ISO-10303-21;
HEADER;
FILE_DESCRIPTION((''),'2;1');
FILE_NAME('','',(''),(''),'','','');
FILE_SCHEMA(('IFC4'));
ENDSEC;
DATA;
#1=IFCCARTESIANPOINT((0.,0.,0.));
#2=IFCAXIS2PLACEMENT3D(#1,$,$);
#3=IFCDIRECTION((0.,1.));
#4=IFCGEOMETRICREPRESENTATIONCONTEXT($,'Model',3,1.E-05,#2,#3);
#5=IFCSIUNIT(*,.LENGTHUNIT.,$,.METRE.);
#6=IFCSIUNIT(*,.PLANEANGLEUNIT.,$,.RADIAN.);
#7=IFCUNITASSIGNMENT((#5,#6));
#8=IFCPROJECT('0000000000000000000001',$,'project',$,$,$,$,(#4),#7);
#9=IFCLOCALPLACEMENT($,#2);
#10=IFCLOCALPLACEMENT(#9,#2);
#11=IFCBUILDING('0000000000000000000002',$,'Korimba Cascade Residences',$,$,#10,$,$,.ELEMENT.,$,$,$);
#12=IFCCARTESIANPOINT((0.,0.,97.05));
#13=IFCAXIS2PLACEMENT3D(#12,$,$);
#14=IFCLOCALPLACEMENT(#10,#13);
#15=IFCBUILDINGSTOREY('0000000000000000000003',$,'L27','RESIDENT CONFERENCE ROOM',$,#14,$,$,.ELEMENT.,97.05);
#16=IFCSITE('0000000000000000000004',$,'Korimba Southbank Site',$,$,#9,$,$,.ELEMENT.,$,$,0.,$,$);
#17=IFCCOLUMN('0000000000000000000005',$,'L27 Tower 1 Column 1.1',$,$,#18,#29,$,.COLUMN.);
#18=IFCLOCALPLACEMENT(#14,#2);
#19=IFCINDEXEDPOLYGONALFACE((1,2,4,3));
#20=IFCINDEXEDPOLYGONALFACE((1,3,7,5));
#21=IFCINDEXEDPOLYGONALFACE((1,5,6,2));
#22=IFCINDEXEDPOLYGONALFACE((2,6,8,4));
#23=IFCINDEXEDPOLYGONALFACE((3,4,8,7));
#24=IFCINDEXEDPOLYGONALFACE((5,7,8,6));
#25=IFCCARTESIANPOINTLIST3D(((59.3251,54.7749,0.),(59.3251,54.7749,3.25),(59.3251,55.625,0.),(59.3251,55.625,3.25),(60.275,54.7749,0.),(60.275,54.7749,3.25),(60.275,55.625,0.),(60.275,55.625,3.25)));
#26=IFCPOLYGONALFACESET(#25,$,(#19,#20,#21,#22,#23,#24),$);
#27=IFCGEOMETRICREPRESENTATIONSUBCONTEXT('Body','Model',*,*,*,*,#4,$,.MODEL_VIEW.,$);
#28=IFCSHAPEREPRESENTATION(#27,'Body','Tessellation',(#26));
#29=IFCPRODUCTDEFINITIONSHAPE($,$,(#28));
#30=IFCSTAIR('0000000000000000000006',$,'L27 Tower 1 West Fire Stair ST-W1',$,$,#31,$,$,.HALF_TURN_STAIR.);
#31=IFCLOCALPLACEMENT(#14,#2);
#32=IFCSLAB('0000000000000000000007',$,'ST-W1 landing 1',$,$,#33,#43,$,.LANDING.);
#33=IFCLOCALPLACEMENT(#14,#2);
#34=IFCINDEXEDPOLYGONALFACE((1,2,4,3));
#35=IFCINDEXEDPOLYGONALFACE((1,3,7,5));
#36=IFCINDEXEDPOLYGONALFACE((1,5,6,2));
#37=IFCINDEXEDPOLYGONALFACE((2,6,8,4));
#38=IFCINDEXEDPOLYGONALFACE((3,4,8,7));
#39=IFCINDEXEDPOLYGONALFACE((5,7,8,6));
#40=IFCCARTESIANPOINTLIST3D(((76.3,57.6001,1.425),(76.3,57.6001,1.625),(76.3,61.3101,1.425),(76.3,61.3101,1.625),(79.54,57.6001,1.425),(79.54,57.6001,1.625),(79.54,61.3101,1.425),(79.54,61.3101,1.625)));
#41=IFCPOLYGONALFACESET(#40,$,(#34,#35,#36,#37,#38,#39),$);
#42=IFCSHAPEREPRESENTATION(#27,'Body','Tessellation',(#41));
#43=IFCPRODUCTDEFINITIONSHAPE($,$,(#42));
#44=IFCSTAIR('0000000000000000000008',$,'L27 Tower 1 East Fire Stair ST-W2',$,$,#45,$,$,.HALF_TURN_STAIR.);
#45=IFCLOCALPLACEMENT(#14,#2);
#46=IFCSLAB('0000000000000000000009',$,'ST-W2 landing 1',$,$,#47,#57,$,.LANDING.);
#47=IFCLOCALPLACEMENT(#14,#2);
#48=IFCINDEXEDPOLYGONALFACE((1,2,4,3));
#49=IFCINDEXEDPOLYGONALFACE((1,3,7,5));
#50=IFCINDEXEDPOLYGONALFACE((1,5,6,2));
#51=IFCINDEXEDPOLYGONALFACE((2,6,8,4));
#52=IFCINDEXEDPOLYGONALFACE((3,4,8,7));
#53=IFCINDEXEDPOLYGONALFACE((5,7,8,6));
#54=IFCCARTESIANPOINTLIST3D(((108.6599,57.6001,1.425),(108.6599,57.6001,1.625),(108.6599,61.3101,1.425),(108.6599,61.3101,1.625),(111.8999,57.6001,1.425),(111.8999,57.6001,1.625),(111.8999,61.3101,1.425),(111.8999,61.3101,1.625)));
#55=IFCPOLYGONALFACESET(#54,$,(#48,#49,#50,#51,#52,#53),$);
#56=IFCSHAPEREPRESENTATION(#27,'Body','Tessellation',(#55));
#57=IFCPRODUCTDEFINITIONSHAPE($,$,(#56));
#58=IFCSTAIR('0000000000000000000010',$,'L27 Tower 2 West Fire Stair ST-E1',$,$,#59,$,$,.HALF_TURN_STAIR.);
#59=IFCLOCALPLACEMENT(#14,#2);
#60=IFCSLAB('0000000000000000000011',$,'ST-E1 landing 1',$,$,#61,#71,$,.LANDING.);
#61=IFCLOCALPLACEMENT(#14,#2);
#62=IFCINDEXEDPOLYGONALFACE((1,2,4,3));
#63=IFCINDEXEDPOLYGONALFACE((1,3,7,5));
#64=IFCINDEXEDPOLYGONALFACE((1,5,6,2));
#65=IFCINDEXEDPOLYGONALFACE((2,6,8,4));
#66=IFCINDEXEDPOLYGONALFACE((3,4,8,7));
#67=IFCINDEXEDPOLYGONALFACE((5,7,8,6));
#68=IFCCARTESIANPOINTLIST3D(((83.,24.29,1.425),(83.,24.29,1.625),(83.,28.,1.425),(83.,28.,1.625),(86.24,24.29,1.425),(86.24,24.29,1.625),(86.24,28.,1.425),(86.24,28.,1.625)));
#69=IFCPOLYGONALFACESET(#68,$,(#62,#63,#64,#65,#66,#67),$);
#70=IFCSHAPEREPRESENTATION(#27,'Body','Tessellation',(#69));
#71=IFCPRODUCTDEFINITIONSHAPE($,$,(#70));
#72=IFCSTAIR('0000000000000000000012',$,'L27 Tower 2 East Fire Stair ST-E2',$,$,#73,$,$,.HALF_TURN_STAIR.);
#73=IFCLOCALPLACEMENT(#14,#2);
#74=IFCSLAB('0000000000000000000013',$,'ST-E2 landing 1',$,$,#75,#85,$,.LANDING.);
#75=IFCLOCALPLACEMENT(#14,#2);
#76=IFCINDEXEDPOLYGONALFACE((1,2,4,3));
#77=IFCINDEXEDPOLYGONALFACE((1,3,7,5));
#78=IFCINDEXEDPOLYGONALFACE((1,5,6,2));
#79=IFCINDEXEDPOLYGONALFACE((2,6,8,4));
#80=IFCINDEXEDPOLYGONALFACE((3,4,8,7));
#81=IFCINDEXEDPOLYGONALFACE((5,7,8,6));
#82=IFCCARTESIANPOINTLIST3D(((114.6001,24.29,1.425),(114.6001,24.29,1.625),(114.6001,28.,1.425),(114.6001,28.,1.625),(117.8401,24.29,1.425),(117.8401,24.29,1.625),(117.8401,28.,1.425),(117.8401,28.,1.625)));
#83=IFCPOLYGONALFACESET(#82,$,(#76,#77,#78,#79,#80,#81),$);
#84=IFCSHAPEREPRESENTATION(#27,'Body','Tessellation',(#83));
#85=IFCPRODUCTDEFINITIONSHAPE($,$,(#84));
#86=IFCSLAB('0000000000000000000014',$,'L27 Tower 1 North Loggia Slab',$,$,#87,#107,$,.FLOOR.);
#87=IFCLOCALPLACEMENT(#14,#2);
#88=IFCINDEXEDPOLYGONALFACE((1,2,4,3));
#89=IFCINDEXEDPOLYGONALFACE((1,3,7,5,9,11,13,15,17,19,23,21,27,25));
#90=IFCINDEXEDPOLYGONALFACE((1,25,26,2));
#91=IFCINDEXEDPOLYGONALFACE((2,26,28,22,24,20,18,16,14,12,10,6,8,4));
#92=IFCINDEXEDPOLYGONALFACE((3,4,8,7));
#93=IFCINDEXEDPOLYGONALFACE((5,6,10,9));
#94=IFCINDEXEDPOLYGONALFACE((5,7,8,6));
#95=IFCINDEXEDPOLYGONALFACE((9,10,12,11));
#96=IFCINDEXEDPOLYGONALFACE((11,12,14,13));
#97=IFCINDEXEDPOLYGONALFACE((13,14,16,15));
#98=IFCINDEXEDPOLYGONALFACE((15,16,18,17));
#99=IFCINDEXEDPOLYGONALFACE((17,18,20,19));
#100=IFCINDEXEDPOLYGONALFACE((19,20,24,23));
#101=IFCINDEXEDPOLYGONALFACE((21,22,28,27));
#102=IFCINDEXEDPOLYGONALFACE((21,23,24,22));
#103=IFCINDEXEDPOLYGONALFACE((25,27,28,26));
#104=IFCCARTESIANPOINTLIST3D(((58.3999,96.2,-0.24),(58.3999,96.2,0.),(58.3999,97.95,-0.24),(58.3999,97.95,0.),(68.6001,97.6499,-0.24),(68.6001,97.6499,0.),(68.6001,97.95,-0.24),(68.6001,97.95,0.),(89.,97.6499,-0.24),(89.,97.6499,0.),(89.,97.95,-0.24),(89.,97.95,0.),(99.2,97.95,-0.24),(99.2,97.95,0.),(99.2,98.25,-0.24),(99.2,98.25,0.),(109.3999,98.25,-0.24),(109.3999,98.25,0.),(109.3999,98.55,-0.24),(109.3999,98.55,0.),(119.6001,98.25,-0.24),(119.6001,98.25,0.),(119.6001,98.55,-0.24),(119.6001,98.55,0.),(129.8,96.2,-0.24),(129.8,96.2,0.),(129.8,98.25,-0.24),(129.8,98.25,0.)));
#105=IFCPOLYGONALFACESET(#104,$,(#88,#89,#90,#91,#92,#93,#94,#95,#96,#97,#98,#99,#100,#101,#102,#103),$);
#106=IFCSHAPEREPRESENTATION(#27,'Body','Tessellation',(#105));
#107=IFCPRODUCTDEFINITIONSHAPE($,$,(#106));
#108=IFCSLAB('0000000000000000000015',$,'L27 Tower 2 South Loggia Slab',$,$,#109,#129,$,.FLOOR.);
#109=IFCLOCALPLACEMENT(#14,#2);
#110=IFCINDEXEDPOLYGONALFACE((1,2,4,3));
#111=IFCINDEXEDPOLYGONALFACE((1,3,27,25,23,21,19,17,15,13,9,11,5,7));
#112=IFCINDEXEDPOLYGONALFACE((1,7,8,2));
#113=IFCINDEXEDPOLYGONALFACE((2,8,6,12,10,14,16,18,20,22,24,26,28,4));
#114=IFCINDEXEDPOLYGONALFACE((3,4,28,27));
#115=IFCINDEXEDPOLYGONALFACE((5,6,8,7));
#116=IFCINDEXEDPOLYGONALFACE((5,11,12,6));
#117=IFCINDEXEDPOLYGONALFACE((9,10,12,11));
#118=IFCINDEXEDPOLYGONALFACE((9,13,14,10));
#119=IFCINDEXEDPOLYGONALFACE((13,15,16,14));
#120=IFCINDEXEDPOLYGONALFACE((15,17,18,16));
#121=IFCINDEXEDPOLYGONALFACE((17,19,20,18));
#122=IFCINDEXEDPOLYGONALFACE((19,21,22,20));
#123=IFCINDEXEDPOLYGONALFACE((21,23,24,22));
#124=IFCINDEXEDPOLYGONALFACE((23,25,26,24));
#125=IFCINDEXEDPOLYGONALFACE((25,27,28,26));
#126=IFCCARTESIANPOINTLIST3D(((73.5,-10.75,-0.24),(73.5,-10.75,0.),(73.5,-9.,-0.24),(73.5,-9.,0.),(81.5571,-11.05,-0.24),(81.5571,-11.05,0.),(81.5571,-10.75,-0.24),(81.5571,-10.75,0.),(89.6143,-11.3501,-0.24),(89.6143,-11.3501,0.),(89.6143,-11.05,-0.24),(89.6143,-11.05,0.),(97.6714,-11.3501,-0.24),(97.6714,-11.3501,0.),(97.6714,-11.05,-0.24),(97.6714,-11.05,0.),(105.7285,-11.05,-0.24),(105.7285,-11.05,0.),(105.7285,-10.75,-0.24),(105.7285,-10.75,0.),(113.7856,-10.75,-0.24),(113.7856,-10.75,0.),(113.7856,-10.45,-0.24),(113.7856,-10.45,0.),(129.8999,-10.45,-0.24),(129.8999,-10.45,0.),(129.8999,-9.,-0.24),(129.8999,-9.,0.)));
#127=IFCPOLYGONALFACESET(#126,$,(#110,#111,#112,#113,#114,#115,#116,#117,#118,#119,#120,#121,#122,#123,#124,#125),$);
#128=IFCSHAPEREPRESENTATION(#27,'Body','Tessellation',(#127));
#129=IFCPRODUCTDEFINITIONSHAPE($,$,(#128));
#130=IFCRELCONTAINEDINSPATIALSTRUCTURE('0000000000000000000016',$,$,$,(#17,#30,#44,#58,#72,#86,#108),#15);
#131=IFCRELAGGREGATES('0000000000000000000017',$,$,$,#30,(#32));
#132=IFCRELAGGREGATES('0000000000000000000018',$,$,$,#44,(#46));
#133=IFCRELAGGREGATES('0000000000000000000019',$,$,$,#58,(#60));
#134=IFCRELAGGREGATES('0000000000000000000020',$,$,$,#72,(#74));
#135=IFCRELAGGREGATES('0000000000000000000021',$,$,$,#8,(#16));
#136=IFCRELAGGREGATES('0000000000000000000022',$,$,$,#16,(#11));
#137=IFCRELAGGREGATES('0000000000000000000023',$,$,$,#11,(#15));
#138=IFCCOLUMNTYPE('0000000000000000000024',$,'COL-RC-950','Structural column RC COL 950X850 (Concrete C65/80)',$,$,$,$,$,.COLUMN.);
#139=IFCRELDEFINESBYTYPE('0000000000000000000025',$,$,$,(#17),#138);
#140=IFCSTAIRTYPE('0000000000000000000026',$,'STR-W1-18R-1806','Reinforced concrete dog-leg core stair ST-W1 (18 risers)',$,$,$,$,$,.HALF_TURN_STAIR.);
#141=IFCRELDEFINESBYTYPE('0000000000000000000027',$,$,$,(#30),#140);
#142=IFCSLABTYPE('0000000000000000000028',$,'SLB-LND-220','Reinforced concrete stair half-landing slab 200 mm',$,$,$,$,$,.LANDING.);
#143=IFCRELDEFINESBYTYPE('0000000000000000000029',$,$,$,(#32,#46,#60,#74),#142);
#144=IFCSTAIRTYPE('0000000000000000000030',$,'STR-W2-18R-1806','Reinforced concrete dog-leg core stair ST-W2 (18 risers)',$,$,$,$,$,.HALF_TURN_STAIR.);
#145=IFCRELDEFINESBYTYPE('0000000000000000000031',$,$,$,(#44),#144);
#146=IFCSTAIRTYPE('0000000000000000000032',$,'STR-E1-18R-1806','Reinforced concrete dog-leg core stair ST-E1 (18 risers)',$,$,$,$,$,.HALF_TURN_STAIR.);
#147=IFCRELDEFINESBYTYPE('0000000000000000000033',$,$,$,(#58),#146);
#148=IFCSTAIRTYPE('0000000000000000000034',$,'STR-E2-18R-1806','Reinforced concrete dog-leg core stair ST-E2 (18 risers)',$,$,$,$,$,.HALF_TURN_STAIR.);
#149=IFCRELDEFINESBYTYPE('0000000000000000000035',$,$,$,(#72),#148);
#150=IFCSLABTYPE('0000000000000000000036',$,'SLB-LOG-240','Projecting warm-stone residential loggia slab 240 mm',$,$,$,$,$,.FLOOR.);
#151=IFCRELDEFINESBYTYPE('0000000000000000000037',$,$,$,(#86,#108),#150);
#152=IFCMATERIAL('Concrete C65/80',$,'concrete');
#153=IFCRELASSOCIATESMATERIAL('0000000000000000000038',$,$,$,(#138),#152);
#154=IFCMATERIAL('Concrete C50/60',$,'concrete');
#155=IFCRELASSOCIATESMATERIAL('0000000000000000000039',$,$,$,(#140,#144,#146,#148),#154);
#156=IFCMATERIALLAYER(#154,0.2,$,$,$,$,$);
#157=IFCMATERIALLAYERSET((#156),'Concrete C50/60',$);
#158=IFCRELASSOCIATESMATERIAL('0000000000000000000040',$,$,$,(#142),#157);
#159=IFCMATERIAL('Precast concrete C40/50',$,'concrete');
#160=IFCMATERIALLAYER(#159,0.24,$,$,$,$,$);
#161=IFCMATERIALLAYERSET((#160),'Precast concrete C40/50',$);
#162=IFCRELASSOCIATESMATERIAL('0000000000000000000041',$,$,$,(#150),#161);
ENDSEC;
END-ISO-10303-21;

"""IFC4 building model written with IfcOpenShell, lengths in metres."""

from ifc_helpers import new_model, si_unit, direction, frame, origin, origin_2d, place, context, subcontext, project, spatial, polyline, rectangle, outline, extrude, material, layer, layer_set, material_profile, profile_set, type_object, element, aggregate, save


model = new_model("IFC4")

# Units and contexts
model_context = context("Model", 3, precision=1e-05, world=origin(), true_north=direction((0.0, 1.0)))
body_context = subcontext(model_context, "Body", "Model", "MODEL_VIEW")
ifc_project = project(units=[si_unit("LENGTHUNIT", "METRE"), si_unit("PLANEANGLEUNIT", "RADIAN")], contexts=[model_context])

# Site, building, storey
site_placement = place(None, origin())
site = spatial("IfcSite", under=ifc_project, at=site_placement, Name="Korimba Southbank Site", CompositionType="ELEMENT", RefElevation=0.0)
building_placement = place(site_placement, origin())
building = spatial("IfcBuilding", under=site, at=building_placement, Name="Korimba Cascade Residences", CompositionType="ELEMENT")
storey_placement = place(building_placement, frame((0.0, 0.0, 97.05)))
storey = spatial("IfcBuildingStorey", under=building, at=storey_placement, Name="L27", Description="RESIDENT CONFERENCE ROOM", CompositionType="ELEMENT", Elevation=97.05)

# Column
ifc_material_1 = material(Name="Concrete C65/80", Category="concrete")
ifc_material_profile = material_profile(ifc_material_1, rectangle(XDim=0.95, YDim=0.8501, at=origin_2d()), Name="Concrete C65/80")
ifc_profile_set = profile_set([ifc_material_profile], Name="Concrete C65/80")
column_type = type_object("IfcColumnType", Name="COL-RC-950", Description="Structural column RC COL 950X850 (Concrete C65/80)", PredefinedType="COLUMN", material=ifc_profile_set)
column_placement = place(storey_placement, frame((59.8, 55.2, 0.0), z_axis=(0.0, 0.0, 1.0), x_axis=(1.0, 0.0, 0.0)))
element("IfcColumn", 1, at=column_placement, inside=storey, type_object=column_type, Name="L27 Tower 1 Column 1.1", PredefinedType="COLUMN", context=body_context, shape_type="SweptSolid", body=[
    extrude(rectangle(XDim=0.95, YDim=0.8501, at=origin_2d()), origin(), (0.0, 0.0, 1.0), 3.25),
])

# Stairs, slabs
ifc_material_2 = material(Name="Concrete C50/60", Category="concrete")
stair_type_1 = type_object("IfcStairType", Name="STR-W1-18R-1806", Description="Reinforced concrete dog-leg core stair ST-W1 (18 risers)", PredefinedType="HALF_TURN_STAIR", material=ifc_material_2)
stair_1_placement = place(storey_placement, origin())
stair_1 = element("IfcStair", 2, at=stair_1_placement, inside=storey, type_object=stair_type_1, Name="L27 Tower 1 West Fire Stair ST-W1", PredefinedType="HALF_TURN_STAIR")
ifc_layer_1 = layer(ifc_material_2, 0.2)
ifc_layer_set_1 = layer_set([ifc_layer_1], Name="Concrete C50/60")
slab_type_1 = type_object("IfcSlabType", Name="SLB-LND-220", Description="Reinforced concrete stair half-landing slab 200 mm", PredefinedType="LANDING", material=ifc_layer_set_1)
slab_1_placement = place(storey_placement, frame((0.0, 0.0, 1.425)))
slab_1 = element("IfcSlab", 3, at=slab_1_placement, type_object=slab_type_1, Name="ST-W1 landing 1", PredefinedType="LANDING", context=body_context, shape_type="SweptSolid", body=[
    extrude(outline(polyline([(76.3, 61.3101), (76.3, 57.6001), (79.54, 57.6001), (79.54, 61.3101), (76.3, 61.3101)])), origin(), (0.0, 0.0, 1.0), 0.2),
])
aggregate(stair_1, [slab_1])
stair_type_2 = type_object("IfcStairType", Name="STR-W2-18R-1806", Description="Reinforced concrete dog-leg core stair ST-W2 (18 risers)", PredefinedType="HALF_TURN_STAIR", material=ifc_material_2)
stair_2_placement = place(storey_placement, origin())
stair_2 = element("IfcStair", 4, at=stair_2_placement, inside=storey, type_object=stair_type_2, Name="L27 Tower 1 East Fire Stair ST-W2", PredefinedType="HALF_TURN_STAIR")
slab_2_placement = place(storey_placement, frame((0.0, 0.0, 1.425)))
slab_2 = element("IfcSlab", 5, at=slab_2_placement, type_object=slab_type_1, Name="ST-W2 landing 1", PredefinedType="LANDING", context=body_context, shape_type="SweptSolid", body=[
    extrude(outline(polyline([(108.6599, 61.3101), (108.6599, 57.6001), (111.8999, 57.6001), (111.8999, 61.3101), (108.6599, 61.3101)])), origin(), (0.0, 0.0, 1.0), 0.2),
])
aggregate(stair_2, [slab_2])
stair_type_3 = type_object("IfcStairType", Name="STR-E1-18R-1806", Description="Reinforced concrete dog-leg core stair ST-E1 (18 risers)", PredefinedType="HALF_TURN_STAIR", material=ifc_material_2)
stair_3_placement = place(storey_placement, origin())
stair_3 = element("IfcStair", 6, at=stair_3_placement, inside=storey, type_object=stair_type_3, Name="L27 Tower 2 West Fire Stair ST-E1", PredefinedType="HALF_TURN_STAIR")
slab_3_placement = place(storey_placement, frame((0.0, 0.0, 1.425)))
slab_3 = element("IfcSlab", 7, at=slab_3_placement, type_object=slab_type_1, Name="ST-E1 landing 1", PredefinedType="LANDING", context=body_context, shape_type="SweptSolid", body=[
    extrude(outline(polyline([(86.24, 24.29), (86.24, 28.0), (83.0, 28.0), (83.0, 24.29), (86.24, 24.29)])), origin(), (0.0, 0.0, 1.0), 0.2),
])
aggregate(stair_3, [slab_3])
stair_type_4 = type_object("IfcStairType", Name="STR-E2-18R-1806", Description="Reinforced concrete dog-leg core stair ST-E2 (18 risers)", PredefinedType="HALF_TURN_STAIR", material=ifc_material_2)
stair_4_placement = place(storey_placement, origin())
stair_4 = element("IfcStair", 8, at=stair_4_placement, inside=storey, type_object=stair_type_4, Name="L27 Tower 2 East Fire Stair ST-E2", PredefinedType="HALF_TURN_STAIR")
slab_4_placement = place(storey_placement, frame((0.0, 0.0, 1.425)))
slab_4 = element("IfcSlab", 9, at=slab_4_placement, type_object=slab_type_1, Name="ST-E2 landing 1", PredefinedType="LANDING", context=body_context, shape_type="SweptSolid", body=[
    extrude(outline(polyline([(117.8401, 24.29), (117.8401, 28.0), (114.6001, 28.0), (114.6001, 24.29), (117.8401, 24.29)])), origin(), (0.0, 0.0, 1.0), 0.2),
])
aggregate(stair_4, [slab_4])

# Slabs
ifc_material_3 = material(Name="Precast concrete C40/50", Category="concrete")
ifc_layer_2 = layer(ifc_material_3, 0.24)
ifc_layer_set_2 = layer_set([ifc_layer_2], Name="Precast concrete C40/50")
slab_type_2 = type_object("IfcSlabType", Name="SLB-LOG-240", Description="Projecting warm-stone residential loggia slab 240 mm", PredefinedType="FLOOR", material=ifc_layer_set_2)
slab_5_placement = place(storey_placement, frame((0.0, 0.0, -0.24)))
element("IfcSlab", 10, at=slab_5_placement, inside=storey, type_object=slab_type_2, Name="L27 Tower 1 North Loggia Slab", PredefinedType="FLOOR", context=body_context, shape_type="SweptSolid", body=[
    extrude(outline(polyline([(58.3999, 96.2), (129.8, 96.2), (129.8, 98.25), (119.6001, 98.25), (119.6001, 98.55), (109.3999, 98.55), (109.3999, 98.25), (99.2, 98.25), (99.2, 97.95), (89.0, 97.95), (89.0, 97.6499), (68.6001, 97.6499), (68.6001, 97.95), (58.3999, 97.95), (58.3999, 96.2)])), origin(), (0.0, 0.0, 1.0), 0.24),
])
slab_6_placement = place(storey_placement, frame((0.0, 0.0, -0.24)))
element("IfcSlab", 11, at=slab_6_placement, inside=storey, type_object=slab_type_2, Name="L27 Tower 2 South Loggia Slab", PredefinedType="FLOOR", context=body_context, shape_type="SweptSolid", body=[
    extrude(outline(polyline([(73.5, -10.75), (81.5571, -10.75), (81.5571, -11.05), (89.6143, -11.05), (89.6143, -11.3501), (97.6714, -11.3501), (97.6714, -11.05), (105.7285, -11.05), (105.7285, -10.75), (113.7856, -10.75), (113.7856, -10.45), (129.8999, -10.45), (129.8999, -9.0), (73.5, -9.0), (73.5, -10.75)])), origin(), (0.0, 0.0, 1.0), 0.24),
])

save(model, "model.ifc")
